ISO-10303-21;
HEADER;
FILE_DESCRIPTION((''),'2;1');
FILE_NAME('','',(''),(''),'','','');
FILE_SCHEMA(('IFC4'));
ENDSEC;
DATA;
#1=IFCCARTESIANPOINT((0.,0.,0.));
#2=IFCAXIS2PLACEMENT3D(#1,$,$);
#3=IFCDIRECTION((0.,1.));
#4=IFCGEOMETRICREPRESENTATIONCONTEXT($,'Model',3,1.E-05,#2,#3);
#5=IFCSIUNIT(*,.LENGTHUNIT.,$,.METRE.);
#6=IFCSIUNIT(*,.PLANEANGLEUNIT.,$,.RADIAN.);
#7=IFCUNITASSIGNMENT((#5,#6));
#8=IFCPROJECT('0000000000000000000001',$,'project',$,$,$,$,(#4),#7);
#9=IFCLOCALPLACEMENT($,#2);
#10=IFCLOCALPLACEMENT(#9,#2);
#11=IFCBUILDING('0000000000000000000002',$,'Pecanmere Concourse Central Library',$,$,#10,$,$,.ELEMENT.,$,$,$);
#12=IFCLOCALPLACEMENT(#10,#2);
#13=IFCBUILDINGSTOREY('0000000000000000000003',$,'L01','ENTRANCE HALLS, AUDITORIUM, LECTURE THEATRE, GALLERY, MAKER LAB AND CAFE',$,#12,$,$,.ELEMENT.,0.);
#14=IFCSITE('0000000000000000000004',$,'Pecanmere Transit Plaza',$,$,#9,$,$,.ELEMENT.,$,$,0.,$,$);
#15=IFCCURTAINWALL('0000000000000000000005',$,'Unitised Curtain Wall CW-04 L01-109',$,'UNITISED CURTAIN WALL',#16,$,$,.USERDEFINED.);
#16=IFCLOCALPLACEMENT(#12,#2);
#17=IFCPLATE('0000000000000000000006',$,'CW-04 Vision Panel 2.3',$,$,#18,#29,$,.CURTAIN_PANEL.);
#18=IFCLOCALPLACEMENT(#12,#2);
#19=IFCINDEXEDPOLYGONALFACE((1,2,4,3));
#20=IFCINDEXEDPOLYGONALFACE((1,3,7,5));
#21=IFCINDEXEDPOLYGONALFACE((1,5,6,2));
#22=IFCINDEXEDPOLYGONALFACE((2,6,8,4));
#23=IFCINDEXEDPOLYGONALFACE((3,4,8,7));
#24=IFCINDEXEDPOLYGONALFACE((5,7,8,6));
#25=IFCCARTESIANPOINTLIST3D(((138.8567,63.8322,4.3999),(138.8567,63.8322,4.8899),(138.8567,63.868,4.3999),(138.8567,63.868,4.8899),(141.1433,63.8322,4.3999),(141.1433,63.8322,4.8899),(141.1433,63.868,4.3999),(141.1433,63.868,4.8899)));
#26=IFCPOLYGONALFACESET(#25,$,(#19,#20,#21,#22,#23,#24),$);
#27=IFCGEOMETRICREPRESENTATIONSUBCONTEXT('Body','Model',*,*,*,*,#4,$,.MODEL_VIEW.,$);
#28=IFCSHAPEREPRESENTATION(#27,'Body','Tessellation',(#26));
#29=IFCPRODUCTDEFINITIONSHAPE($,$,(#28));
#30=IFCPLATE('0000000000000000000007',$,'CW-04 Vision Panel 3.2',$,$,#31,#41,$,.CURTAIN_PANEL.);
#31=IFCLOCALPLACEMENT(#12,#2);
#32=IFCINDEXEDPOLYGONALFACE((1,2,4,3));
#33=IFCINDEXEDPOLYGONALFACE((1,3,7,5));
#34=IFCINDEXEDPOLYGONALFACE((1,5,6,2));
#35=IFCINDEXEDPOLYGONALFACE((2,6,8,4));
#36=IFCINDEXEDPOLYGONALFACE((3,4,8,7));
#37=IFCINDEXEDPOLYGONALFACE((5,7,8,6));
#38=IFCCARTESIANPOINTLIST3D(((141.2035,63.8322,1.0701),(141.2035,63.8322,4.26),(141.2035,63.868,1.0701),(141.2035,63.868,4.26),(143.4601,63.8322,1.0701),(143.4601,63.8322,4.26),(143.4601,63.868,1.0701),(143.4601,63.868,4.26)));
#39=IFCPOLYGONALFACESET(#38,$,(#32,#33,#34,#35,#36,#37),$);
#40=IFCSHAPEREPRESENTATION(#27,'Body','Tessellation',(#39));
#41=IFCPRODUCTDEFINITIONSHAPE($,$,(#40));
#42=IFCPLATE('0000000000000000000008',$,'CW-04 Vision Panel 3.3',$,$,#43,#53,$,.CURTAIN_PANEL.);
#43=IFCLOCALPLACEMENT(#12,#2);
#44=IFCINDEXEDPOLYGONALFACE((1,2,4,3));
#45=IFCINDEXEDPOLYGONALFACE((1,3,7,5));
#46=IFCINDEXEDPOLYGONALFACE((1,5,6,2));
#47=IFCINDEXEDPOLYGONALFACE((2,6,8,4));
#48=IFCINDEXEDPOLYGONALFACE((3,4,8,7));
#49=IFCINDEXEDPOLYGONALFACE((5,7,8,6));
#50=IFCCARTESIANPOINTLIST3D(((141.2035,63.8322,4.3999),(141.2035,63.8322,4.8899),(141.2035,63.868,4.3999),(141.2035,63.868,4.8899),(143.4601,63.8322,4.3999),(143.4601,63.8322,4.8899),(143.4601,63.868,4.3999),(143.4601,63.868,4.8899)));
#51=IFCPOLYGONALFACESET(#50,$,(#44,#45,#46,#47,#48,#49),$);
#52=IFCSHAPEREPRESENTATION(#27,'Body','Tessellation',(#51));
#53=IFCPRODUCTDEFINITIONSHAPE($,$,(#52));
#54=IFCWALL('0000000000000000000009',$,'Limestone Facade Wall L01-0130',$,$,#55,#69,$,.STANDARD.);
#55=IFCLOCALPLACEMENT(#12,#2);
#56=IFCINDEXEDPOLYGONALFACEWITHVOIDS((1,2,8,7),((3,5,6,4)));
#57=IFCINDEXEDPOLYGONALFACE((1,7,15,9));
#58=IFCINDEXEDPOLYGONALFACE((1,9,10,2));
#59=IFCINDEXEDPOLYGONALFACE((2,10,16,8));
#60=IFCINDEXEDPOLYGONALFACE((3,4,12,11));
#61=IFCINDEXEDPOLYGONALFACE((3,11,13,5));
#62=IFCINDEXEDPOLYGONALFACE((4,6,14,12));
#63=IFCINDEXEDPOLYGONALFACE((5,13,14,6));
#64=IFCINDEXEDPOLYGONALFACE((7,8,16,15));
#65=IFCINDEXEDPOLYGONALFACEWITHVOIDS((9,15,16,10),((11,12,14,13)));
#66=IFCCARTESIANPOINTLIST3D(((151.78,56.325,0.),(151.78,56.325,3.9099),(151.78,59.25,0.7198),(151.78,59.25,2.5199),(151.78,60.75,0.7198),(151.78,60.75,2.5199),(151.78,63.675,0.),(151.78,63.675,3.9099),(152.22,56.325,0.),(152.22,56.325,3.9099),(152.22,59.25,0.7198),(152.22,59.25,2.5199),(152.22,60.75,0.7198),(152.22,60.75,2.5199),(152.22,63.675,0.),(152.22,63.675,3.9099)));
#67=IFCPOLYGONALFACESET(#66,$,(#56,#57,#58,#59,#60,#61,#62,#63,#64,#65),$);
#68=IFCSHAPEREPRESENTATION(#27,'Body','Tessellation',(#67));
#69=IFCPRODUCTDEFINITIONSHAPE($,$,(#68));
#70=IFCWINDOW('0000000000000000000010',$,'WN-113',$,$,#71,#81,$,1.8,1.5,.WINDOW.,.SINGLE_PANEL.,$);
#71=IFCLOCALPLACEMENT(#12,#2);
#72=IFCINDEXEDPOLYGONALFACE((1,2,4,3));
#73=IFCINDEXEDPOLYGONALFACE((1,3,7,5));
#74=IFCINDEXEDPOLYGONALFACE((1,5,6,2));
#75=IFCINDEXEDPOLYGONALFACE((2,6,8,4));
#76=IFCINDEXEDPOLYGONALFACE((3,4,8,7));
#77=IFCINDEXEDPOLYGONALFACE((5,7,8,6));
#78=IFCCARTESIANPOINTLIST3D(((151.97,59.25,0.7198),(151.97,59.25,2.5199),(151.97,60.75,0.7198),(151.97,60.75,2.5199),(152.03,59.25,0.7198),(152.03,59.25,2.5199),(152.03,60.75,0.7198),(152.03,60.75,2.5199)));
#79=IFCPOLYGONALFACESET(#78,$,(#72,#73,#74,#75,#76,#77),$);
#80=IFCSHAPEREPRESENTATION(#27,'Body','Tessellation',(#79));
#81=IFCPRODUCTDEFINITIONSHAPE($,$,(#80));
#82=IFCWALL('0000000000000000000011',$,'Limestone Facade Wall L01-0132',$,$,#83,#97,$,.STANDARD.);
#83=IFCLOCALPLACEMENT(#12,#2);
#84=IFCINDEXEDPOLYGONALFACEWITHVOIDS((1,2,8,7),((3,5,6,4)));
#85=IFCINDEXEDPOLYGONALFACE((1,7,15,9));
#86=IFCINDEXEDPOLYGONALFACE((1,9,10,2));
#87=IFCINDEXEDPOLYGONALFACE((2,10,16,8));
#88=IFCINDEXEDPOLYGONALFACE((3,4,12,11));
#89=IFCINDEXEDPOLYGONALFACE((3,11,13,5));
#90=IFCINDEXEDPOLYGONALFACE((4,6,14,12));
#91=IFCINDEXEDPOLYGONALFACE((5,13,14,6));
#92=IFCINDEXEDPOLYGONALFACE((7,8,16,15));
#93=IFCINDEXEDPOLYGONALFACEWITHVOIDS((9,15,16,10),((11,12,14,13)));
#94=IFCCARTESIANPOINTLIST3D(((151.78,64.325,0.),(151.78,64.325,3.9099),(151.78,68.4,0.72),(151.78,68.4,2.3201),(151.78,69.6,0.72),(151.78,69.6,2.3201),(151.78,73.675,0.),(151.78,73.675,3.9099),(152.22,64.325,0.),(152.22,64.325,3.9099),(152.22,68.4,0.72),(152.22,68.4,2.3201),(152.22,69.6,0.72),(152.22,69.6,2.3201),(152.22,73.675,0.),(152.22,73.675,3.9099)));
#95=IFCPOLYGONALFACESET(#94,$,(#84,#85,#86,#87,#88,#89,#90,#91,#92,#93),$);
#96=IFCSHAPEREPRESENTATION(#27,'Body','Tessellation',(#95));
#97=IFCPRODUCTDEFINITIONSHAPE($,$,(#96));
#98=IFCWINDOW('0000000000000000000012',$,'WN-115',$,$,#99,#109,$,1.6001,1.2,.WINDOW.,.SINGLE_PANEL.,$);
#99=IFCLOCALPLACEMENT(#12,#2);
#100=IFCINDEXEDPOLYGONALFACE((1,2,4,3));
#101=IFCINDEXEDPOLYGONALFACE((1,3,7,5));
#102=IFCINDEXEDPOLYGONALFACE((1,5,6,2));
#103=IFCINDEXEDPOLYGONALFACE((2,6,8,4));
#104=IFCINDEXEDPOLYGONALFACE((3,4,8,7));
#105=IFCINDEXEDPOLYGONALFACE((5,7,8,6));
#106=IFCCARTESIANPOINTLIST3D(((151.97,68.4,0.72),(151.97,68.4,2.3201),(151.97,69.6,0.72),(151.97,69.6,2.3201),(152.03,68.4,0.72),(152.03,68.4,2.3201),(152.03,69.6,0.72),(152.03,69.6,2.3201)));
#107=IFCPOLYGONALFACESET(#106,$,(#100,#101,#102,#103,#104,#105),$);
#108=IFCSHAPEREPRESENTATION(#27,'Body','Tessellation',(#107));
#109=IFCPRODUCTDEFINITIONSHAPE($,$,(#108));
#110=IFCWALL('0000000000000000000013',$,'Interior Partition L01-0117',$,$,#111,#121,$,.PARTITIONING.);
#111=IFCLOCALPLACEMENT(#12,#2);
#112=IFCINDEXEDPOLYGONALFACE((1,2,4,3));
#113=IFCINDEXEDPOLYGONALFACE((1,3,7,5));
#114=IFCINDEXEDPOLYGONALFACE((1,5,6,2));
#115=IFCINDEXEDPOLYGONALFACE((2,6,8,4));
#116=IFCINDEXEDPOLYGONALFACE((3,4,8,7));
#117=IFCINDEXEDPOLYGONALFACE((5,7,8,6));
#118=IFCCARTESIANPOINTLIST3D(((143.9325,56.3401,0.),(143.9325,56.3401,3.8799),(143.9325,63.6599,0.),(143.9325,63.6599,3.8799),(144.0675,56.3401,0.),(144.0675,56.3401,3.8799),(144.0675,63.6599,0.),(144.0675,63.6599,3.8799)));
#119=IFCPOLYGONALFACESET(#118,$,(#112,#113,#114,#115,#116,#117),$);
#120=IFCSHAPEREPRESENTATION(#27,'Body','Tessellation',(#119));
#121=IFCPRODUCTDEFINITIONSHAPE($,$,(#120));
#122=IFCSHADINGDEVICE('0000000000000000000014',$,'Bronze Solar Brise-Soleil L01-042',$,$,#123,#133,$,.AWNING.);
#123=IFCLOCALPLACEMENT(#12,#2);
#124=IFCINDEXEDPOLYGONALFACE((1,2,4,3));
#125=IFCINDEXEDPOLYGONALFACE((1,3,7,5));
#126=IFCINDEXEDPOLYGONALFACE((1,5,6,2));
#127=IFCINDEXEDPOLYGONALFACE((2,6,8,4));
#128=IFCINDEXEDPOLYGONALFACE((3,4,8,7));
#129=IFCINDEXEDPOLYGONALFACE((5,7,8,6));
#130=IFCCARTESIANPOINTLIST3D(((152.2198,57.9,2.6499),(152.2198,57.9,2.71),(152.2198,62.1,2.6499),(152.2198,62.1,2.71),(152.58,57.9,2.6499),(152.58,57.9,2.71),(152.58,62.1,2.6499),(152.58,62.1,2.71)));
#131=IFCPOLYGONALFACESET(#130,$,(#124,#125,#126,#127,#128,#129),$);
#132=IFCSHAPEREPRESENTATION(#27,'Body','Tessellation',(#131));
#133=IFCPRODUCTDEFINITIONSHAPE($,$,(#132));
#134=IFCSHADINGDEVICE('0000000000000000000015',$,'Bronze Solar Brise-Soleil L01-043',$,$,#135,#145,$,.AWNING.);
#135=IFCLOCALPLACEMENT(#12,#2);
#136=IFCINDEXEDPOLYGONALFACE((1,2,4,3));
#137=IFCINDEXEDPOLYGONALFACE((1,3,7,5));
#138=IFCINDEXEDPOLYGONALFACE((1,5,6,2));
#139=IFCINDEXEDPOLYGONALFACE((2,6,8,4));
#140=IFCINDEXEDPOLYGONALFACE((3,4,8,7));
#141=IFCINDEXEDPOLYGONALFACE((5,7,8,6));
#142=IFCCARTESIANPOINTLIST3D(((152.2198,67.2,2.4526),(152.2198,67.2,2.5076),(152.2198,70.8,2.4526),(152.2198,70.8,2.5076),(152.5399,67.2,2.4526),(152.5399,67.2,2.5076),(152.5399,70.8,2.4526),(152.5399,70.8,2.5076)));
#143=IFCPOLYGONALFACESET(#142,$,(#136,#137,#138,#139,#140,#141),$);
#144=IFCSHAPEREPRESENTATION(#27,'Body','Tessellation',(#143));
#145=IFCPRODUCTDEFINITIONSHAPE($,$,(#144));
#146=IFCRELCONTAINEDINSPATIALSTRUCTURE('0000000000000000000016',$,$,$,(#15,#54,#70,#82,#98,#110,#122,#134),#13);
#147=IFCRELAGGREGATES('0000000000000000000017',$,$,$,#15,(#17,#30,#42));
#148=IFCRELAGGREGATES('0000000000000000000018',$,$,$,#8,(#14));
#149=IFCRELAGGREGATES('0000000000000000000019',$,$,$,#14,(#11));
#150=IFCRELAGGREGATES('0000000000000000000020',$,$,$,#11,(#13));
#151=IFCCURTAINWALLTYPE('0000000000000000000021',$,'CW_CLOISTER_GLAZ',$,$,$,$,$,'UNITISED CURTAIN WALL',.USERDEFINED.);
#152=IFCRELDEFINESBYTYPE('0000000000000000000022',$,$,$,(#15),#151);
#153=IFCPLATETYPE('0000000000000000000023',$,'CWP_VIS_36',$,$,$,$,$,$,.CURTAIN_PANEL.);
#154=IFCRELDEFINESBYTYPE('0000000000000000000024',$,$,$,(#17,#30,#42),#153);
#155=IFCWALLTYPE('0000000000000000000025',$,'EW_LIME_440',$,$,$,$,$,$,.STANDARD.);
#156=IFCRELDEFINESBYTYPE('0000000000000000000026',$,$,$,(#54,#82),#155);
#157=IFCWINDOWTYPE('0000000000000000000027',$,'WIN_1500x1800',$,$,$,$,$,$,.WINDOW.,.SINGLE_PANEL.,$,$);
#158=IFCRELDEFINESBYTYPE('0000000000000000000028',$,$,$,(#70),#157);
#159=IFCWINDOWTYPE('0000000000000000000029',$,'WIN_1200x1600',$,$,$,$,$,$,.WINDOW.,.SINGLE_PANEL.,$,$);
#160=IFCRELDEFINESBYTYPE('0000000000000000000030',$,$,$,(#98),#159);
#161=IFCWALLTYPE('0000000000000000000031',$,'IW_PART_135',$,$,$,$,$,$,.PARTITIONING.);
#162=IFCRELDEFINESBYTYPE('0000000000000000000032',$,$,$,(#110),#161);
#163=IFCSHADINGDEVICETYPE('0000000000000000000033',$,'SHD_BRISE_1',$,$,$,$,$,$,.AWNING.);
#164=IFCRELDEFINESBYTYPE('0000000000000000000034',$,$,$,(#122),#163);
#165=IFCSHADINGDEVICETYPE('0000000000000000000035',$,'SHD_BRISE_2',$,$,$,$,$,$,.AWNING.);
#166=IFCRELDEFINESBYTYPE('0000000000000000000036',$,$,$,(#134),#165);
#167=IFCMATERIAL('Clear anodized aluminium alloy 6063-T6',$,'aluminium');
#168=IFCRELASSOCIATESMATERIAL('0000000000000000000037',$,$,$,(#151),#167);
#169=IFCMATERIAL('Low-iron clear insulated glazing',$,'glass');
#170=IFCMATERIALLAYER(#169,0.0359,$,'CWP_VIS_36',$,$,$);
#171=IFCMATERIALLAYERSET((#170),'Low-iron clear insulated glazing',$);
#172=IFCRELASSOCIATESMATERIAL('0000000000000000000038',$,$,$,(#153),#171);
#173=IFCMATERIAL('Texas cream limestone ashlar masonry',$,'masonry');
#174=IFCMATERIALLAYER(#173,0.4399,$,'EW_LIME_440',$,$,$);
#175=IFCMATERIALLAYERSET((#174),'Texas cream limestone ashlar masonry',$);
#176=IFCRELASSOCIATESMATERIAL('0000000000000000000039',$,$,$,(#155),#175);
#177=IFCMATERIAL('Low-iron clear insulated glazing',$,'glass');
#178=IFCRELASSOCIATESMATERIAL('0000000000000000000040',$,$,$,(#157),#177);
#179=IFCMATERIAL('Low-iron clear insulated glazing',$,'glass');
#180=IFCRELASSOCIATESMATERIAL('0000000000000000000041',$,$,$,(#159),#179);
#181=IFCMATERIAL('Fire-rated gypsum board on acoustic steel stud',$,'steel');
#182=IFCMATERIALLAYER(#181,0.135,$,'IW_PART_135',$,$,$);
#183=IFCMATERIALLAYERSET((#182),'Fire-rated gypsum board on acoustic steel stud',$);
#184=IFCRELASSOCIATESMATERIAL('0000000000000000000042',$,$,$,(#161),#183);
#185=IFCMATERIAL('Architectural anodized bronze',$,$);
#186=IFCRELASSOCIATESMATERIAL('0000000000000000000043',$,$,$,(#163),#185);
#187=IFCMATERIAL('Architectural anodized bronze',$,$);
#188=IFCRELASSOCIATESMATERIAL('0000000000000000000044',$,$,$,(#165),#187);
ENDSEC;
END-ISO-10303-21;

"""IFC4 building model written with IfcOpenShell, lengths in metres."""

from ifc_helpers import new_model, si_unit, direction, frame, frame_2d, origin, origin_2d, place, context, subcontext, project, spatial, rectangle, extrude, material, layer, layer_set, type_object, element, fill, aggregate, save


model = new_model("IFC4")

# Units and contexts
model_context = context("Model", 3, precision=1e-05, world=origin(), true_north=direction((0.0, 1.0)))
body_context = subcontext(model_context, "Body", "Model", "MODEL_VIEW")
ifc_project = project(units=[si_unit("LENGTHUNIT", "METRE"), si_unit("PLANEANGLEUNIT", "RADIAN")], contexts=[model_context])

# Site, building, storey
site_placement = place(None, origin())
site = spatial("IfcSite", under=ifc_project, at=site_placement, Name="Pecanmere Transit Plaza", CompositionType="ELEMENT", RefElevation=0.0)
building_placement = place(site_placement, origin())
building = spatial("IfcBuilding", under=site, at=building_placement, Name="Pecanmere Concourse Central Library", CompositionType="ELEMENT")
storey_placement = place(building_placement, origin())
storey = spatial("IfcBuildingStorey", under=building, at=storey_placement, Name="L01", Description="ENTRANCE HALLS, AUDITORIUM, LECTURE THEATRE, GALLERY, MAKER LAB AND CAFE", CompositionType="ELEMENT", Elevation=0.0)

# Curtain wall, plates
ifc_material_1 = material(Name="Clear anodized aluminium alloy 6063-T6", Category="aluminium")
curtain_wall_type = type_object("IfcCurtainWallType", Name="CW_CLOISTER_GLAZ", ElementType="UNITISED CURTAIN WALL", PredefinedType="USERDEFINED", material=ifc_material_1)
curtain_wall_placement = place(storey_placement, origin())
curtain_wall = element("IfcCurtainWall", 1, at=curtain_wall_placement, inside=storey, type_object=curtain_wall_type, Name="Unitised Curtain Wall CW-04 L01-109", ObjectType="UNITISED CURTAIN WALL", PredefinedType="USERDEFINED")
ifc_material_2 = material(Name="Low-iron clear insulated glazing", Category="glass")
ifc_layer_1 = layer(ifc_material_2, 0.0359, Name="CWP_VIS_36")
ifc_layer_set_1 = layer_set([ifc_layer_1], Name="Low-iron clear insulated glazing")
plate_type_1 = type_object("IfcPlateType", Name="CWP_VIS_36", PredefinedType="CURTAIN_PANEL", material=ifc_layer_set_1)
plate_1_placement = place(storey_placement, frame((140.0, 63.8501, 4.3999), z_axis=(0.0, 0.0, 1.0), x_axis=(1.0, 0.0, 0.0)))
plate_1 = element("IfcPlate", 2, at=plate_1_placement, type_object=plate_type_1, Name="CW-04 Vision Panel 2.3", PredefinedType="CURTAIN_PANEL", context=body_context, shape_type="SweptSolid", body=[
    extrude(rectangle(XDim=2.2866, YDim=0.0359, at=origin_2d()), origin(), (0.0, 0.0, 1.0), 0.49),
])
plate_2_placement = place(storey_placement, frame((142.3318, 63.8501, 1.0701), z_axis=(0.0, 0.0, 1.0), x_axis=(1.0, 0.0, 0.0)))
plate_2 = element("IfcPlate", 3, at=plate_2_placement, type_object=plate_type_1, Name="CW-04 Vision Panel 3.2", PredefinedType="CURTAIN_PANEL", context=body_context, shape_type="SweptSolid", body=[
    extrude(rectangle(XDim=2.2566, YDim=0.0359, at=origin_2d()), origin(), (0.0, 0.0, 1.0), 3.1899),
])
plate_3_placement = place(storey_placement, frame((142.3318, 63.8501, 4.3999), z_axis=(0.0, 0.0, 1.0), x_axis=(1.0, 0.0, 0.0)))
plate_3 = element("IfcPlate", 4, at=plate_3_placement, type_object=plate_type_1, Name="CW-04 Vision Panel 3.3", PredefinedType="CURTAIN_PANEL", context=body_context, shape_type="SweptSolid", body=[
    extrude(rectangle(XDim=2.2566, YDim=0.0359, at=origin_2d()), origin(), (0.0, 0.0, 1.0), 0.49),
])
aggregate(curtain_wall, [plate_1, plate_2, plate_3])

# Walls, openings, windows
ifc_material_3 = material(Name="Texas cream limestone ashlar masonry", Category="masonry")
ifc_layer_2 = layer(ifc_material_3, 0.4399, Name="EW_LIME_440")
ifc_layer_set_2 = layer_set([ifc_layer_2], Name="Texas cream limestone ashlar masonry")
wall_type_1 = type_object("IfcWallType", Name="EW_LIME_440", PredefinedType="STANDARD", material=ifc_layer_set_2)
wall_1_placement = place(storey_placement, frame((152.0, 56.325, 0.0), z_axis=(0.0, 0.0, 1.0), x_axis=(0.0, 1.0, 0.0)))
wall_1 = element("IfcWall", 5, at=wall_1_placement, inside=storey, type_object=wall_type_1, Name="Limestone Facade Wall L01-0130", PredefinedType="STANDARD", context=body_context, shape_type="SweptSolid", body=[
    extrude(rectangle(XDim=7.3501, YDim=0.4399, at=frame_2d((3.675, 0.0))), origin(), (0.0, 0.0, 1.0), 3.9099),
])
opening_1_placement = place(wall_1_placement, frame((2.925, 0.0, 0.72)))
opening_1 = element("IfcOpeningElement", 6, at=opening_1_placement, cuts=wall_1, PredefinedType="OPENING", context=body_context, shape_type="SweptSolid", body=[
    extrude(rectangle(XDim=1.5, YDim=1.8, at=frame_2d((0.75, 0.8999))), frame((0.0, 0.2319, 0.0), z_axis=(0.0, -1.0, 0.0), x_axis=(1.0, 0.0, 0.0)), (0.0, 0.0, 1.0), 0.4639),
])
ifc_material_4 = material(Name="Low-iron clear insulated glazing", Category="glass")
window_type_1 = type_object("IfcWindowType", Name="WIN_1500x1800", PartitioningType="SINGLE_PANEL", PredefinedType="WINDOW", material=ifc_material_4)
window_1_placement = place(opening_1_placement, origin())
window_1 = element("IfcWindow", 7, at=window_1_placement, inside=storey, type_object=window_type_1, Name="WN-113", OverallHeight=1.8, OverallWidth=1.5, PartitioningType="SINGLE_PANEL", PredefinedType="WINDOW", context=body_context, shape_type="SweptSolid", body=[
    extrude(rectangle(XDim=1.5, YDim=1.8, at=frame_2d((0.75, 0.8999))), frame((0.0, 0.03, 0.0), z_axis=(0.0, -1.0, 0.0), x_axis=(1.0, 0.0, 0.0)), (0.0, 0.0, 1.0), 0.0601),
])
fill(opening_1, window_1)
wall_2_placement = place(storey_placement, frame((152.0, 64.325, 0.0), z_axis=(0.0, 0.0, 1.0), x_axis=(0.0, 1.0, 0.0)))
wall_2 = element("IfcWall", 8, at=wall_2_placement, inside=storey, type_object=wall_type_1, Name="Limestone Facade Wall L01-0132", PredefinedType="STANDARD", context=body_context, shape_type="SweptSolid", body=[
    extrude(rectangle(XDim=9.3501, YDim=0.4399, at=frame_2d((4.675, 0.0))), origin(), (0.0, 0.0, 1.0), 3.9099),
])
opening_2_placement = place(wall_2_placement, frame((4.075, 0.0, 0.72)))
opening_2 = element("IfcOpeningElement", 9, at=opening_2_placement, cuts=wall_2, PredefinedType="OPENING", context=body_context, shape_type="SweptSolid", body=[
    extrude(rectangle(XDim=1.2, YDim=1.6001, at=frame_2d((0.6001, 0.8))), frame((0.0, 0.2319, 0.0), z_axis=(0.0, -1.0, 0.0), x_axis=(1.0, 0.0, 0.0)), (0.0, 0.0, 1.0), 0.4639),
])
ifc_material_5 = material(Name="Low-iron clear insulated glazing", Category="glass")
window_type_2 = type_object("IfcWindowType", Name="WIN_1200x1600", PartitioningType="SINGLE_PANEL", PredefinedType="WINDOW", material=ifc_material_5)
window_2_placement = place(opening_2_placement, origin())
window_2 = element("IfcWindow", 10, at=window_2_placement, inside=storey, type_object=window_type_2, Name="WN-115", OverallHeight=1.6001, OverallWidth=1.2, PartitioningType="SINGLE_PANEL", PredefinedType="WINDOW", context=body_context, shape_type="SweptSolid", body=[
    extrude(rectangle(XDim=1.2, YDim=1.6001, at=frame_2d((0.6001, 0.8))), frame((0.0, 0.03, 0.0), z_axis=(0.0, -1.0, 0.0), x_axis=(1.0, 0.0, 0.0)), (0.0, 0.0, 1.0), 0.0601),
])
fill(opening_2, window_2)

# Wall
ifc_material_6 = material(Name="Fire-rated gypsum board on acoustic steel stud", Category="steel")
ifc_layer_3 = layer(ifc_material_6, 0.135, Name="IW_PART_135")
ifc_layer_set_3 = layer_set([ifc_layer_3], Name="Fire-rated gypsum board on acoustic steel stud")
wall_type_2 = type_object("IfcWallType", Name="IW_PART_135", PredefinedType="PARTITIONING", material=ifc_layer_set_3)
wall_3_placement = place(storey_placement, frame((144.0, 56.3401, 0.0), z_axis=(0.0, 0.0, 1.0), x_axis=(0.0, 1.0, 0.0)))
element("IfcWall", 11, at=wall_3_placement, inside=storey, type_object=wall_type_2, Name="Interior Partition L01-0117", PredefinedType="PARTITIONING", context=body_context, shape_type="SweptSolid", body=[
    extrude(rectangle(XDim=7.3198, YDim=0.135, at=frame_2d((3.6599, 0.0))), origin(), (0.0, 0.0, 1.0), 3.8799),
])

# Shading devices
ifc_material_7 = material(Name="Architectural anodized bronze")
shading_device_type_1 = type_object("IfcShadingDeviceType", Name="SHD_BRISE_1", PredefinedType="AWNING", material=ifc_material_7)
shading_device_1_placement = place(storey_placement, frame((152.3999, 60.0, 2.6499), z_axis=(0.0, 0.0, 1.0), x_axis=(0.0, 1.0, 0.0)))
element("IfcShadingDevice", 12, at=shading_device_1_placement, inside=storey, type_object=shading_device_type_1, Name="Bronze Solar Brise-Soleil L01-042", PredefinedType="AWNING", context=body_context, shape_type="SweptSolid", body=[
    extrude(rectangle(XDim=4.2, YDim=0.3601, at=origin_2d()), origin(), (0.0, 0.0, 1.0), 0.0601),
])
ifc_material_8 = material(Name="Architectural anodized bronze")
shading_device_type_2 = type_object("IfcShadingDeviceType", Name="SHD_BRISE_2", PredefinedType="AWNING", material=ifc_material_8)
shading_device_2_placement = place(storey_placement, frame((152.3799, 69.0, 2.4526), z_axis=(0.0, 0.0, 1.0), x_axis=(0.0, 1.0, 0.0)))
element("IfcShadingDevice", 13, at=shading_device_2_placement, inside=storey, type_object=shading_device_type_2, Name="Bronze Solar Brise-Soleil L01-043", PredefinedType="AWNING", context=body_context, shape_type="SweptSolid", body=[
    extrude(rectangle(XDim=3.6001, YDim=0.3201, at=origin_2d()), origin(), (0.0, 0.0, 1.0), 0.0549),
])

save(model, "model.ifc")
